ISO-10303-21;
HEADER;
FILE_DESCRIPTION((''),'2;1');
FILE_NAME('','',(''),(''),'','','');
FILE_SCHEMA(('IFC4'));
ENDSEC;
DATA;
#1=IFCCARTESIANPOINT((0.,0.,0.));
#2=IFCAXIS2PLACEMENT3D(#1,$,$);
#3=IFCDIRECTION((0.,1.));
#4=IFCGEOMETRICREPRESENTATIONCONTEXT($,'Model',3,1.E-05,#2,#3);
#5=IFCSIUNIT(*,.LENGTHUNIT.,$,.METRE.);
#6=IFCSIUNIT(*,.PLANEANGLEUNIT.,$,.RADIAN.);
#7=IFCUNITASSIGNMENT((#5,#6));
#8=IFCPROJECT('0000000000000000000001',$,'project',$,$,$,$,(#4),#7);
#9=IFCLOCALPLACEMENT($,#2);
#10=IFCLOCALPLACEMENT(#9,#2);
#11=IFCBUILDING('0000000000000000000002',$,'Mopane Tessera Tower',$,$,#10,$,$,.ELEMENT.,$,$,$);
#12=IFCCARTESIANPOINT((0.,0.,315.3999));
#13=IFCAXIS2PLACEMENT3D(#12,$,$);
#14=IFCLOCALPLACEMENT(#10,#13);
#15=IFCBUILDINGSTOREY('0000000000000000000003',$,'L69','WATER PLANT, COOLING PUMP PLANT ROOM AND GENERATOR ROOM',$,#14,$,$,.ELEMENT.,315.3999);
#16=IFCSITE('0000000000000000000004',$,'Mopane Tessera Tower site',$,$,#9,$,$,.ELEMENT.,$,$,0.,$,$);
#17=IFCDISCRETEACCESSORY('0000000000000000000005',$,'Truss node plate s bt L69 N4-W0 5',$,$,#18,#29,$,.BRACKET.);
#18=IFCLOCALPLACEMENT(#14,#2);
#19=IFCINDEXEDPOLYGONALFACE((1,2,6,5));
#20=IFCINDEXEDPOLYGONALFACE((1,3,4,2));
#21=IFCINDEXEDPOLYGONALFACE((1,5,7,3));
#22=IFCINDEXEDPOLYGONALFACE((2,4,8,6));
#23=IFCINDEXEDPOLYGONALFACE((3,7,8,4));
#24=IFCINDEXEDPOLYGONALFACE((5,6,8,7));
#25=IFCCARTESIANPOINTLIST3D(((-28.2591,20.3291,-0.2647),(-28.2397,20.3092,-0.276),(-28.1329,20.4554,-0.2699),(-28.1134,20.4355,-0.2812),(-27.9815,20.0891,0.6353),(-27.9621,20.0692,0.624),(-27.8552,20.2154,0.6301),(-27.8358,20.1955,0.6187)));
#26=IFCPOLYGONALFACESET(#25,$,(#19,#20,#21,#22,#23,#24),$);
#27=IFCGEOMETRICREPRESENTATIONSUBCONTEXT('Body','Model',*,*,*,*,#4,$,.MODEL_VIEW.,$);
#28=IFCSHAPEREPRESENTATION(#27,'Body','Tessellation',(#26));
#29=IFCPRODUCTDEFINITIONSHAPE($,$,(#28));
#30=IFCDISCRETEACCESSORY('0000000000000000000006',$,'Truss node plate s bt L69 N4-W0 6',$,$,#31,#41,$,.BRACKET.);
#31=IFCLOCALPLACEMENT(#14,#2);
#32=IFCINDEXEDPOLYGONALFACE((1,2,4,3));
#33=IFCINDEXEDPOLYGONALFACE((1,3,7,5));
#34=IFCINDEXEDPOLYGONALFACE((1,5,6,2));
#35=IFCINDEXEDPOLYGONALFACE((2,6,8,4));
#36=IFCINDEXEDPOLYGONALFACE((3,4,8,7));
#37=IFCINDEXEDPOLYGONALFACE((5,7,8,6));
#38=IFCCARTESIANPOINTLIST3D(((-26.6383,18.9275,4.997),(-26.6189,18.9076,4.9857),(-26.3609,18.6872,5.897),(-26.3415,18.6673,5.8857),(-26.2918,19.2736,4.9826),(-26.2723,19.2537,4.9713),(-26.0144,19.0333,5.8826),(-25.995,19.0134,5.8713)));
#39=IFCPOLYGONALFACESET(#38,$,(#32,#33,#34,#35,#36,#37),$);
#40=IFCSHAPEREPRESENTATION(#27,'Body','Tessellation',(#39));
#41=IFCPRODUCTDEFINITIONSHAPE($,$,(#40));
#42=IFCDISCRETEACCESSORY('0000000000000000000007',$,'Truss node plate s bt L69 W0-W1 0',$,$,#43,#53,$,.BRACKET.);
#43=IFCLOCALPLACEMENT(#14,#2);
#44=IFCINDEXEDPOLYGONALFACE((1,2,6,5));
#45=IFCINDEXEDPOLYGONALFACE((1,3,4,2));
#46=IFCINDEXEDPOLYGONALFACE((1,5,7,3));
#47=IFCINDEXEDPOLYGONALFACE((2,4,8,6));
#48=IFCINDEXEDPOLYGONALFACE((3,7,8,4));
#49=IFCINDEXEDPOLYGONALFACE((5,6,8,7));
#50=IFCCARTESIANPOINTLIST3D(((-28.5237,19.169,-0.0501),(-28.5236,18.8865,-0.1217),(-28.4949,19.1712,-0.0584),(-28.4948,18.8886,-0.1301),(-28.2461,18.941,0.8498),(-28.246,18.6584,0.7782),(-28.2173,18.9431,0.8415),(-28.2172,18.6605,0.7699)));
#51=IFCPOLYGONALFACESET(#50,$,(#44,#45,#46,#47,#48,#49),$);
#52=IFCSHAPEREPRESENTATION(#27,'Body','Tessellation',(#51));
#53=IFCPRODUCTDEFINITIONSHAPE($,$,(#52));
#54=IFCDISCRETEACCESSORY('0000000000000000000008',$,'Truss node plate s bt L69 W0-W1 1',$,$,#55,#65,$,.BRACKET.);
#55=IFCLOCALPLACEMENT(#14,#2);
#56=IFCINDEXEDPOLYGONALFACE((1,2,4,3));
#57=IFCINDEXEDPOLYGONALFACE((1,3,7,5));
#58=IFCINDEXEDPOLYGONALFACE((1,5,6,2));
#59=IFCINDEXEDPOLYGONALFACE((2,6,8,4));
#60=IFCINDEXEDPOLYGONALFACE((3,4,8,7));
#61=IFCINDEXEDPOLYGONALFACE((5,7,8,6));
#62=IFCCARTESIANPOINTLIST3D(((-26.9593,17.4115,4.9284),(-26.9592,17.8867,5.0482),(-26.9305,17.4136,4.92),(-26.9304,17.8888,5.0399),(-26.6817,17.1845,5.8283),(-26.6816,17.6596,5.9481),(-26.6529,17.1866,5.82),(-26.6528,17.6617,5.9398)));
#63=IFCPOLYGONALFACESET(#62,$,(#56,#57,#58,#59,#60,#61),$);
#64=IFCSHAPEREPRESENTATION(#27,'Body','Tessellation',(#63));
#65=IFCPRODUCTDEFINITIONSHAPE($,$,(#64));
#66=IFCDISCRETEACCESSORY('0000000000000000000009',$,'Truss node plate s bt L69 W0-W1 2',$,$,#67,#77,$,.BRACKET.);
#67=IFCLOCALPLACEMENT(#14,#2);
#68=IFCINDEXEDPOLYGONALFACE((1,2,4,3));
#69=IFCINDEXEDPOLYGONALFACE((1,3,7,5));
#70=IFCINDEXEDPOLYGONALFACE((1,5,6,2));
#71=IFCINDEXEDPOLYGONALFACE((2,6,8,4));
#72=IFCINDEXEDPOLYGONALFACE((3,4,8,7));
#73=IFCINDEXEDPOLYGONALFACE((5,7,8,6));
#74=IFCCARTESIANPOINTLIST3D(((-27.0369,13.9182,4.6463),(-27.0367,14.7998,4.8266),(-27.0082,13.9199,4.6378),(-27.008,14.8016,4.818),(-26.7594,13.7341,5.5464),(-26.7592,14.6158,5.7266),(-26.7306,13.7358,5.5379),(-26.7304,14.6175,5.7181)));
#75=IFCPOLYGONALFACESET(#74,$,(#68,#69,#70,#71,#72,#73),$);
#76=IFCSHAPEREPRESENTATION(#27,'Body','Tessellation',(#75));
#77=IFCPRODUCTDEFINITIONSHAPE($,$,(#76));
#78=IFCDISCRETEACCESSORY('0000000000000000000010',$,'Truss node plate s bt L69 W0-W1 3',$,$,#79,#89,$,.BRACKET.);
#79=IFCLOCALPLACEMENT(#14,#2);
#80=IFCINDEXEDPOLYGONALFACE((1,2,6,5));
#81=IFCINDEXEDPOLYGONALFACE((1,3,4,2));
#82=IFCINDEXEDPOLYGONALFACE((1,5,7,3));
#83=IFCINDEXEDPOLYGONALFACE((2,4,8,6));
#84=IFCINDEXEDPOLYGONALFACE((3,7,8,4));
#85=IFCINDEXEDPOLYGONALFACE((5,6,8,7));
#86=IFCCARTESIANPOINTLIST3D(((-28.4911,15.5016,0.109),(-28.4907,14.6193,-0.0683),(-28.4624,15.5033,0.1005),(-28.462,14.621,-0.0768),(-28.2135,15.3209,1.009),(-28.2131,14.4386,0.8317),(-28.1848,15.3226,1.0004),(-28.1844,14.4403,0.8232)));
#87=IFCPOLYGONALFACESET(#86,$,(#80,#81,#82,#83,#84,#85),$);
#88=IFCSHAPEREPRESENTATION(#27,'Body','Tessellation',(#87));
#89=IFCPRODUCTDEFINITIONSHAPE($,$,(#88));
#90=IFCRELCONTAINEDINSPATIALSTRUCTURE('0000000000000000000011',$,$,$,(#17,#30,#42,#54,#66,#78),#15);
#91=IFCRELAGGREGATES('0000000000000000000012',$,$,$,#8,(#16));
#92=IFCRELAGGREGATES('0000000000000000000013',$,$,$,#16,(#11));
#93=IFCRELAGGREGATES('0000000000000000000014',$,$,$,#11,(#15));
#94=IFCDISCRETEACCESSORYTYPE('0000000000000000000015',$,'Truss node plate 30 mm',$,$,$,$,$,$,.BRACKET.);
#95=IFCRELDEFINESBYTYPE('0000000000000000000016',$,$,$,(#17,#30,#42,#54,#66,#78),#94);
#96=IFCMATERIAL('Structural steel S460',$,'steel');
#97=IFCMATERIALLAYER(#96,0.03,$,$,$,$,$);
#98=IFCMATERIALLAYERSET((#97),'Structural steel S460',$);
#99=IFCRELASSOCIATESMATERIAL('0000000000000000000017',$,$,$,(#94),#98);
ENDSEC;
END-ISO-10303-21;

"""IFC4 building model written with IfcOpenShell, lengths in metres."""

from ifc_helpers import new_model, si_unit, direction, frame, origin, origin_2d, place, context, subcontext, project, spatial, rectangle, extrude, material, layer, layer_set, type_object, element, save


model = new_model("IFC4")

# Units and contexts
model_context = context("Model", 3, precision=1e-05, world=origin(), true_north=direction((0.0, 1.0)))
body_context = subcontext(model_context, "Body", "Model", "MODEL_VIEW")
ifc_project = project(units=[si_unit("LENGTHUNIT", "METRE"), si_unit("PLANEANGLEUNIT", "RADIAN")], contexts=[model_context])

# Site, building, storey
site_placement = place(None, origin())
site = spatial("IfcSite", under=ifc_project, at=site_placement, Name="Mopane Tessera Tower site", CompositionType="ELEMENT", RefElevation=0.0)
building_placement = place(site_placement, origin())
building = spatial("IfcBuilding", under=site, at=building_placement, Name="Mopane Tessera Tower", CompositionType="ELEMENT")
storey_placement = place(building_placement, frame((0.0, 0.0, 315.3999)))
storey = spatial("IfcBuildingStorey", under=building, at=storey_placement, Name="L69", Description="WATER PLANT, COOLING PUMP PLANT ROOM AND GENERATOR ROOM", CompositionType="ELEMENT", Elevation=315.3999)

# Discrete accessories
ifc_material_1 = material(Name="Structural steel S460", Category="steel")
ifc_layer_1 = layer(ifc_material_1, 0.03)
ifc_layer_set_1 = layer_set([ifc_layer_1], Name="Structural steel S460")
discrete_accessory_type_1 = type_object("IfcDiscreteAccessoryType", Name="Truss node plate 30 mm", PredefinedType="BRACKET", material=ifc_layer_set_1)
discrete_accessory_1_placement = place(storey_placement, frame((-28.1863, 20.3823, -0.2729), z_axis=(0.285631, -0.246944, 0.925977), x_axis=(0.647377, -0.662724, -0.376431)))
element("IfcDiscreteAccessory", 1, at=discrete_accessory_1_placement, inside=storey, type_object=discrete_accessory_type_1, Name="Truss node plate s bt L69 N4-W0 5", PredefinedType="BRACKET", context=body_context, shape_type="SweptSolid", body=[
    extrude(rectangle(XDim=0.03, YDim=0.1787, at=origin_2d()), origin(), (0.0, 0.0, 1.0), 0.9719),
])
discrete_accessory_2_placement = place(storey_placement, frame((-26.4553, 19.0906, 4.9841), z_axis=(0.285383, -0.247198, 0.925986), x_axis=(0.646762, -0.663337, -0.376409)))
element("IfcDiscreteAccessory", 2, at=discrete_accessory_2_placement, inside=storey, type_object=discrete_accessory_type_1, Name="Truss node plate s bt L69 N4-W0 6", PredefinedType="BRACKET", context=body_context, shape_type="SweptSolid", body=[
    extrude(rectangle(XDim=0.03, YDim=0.49, at=origin_2d()), origin(), (0.0, 0.0, 1.0), 0.9719),
])
discrete_accessory_3_placement = place(storey_placement, frame((-28.5093, 19.0288, -0.0901), z_axis=(0.286481, -0.235333, 0.928734), x_axis=(0.958086, 0.07067, -0.277628)))
element("IfcDiscreteAccessory", 3, at=discrete_accessory_3_placement, inside=storey, type_object=discrete_accessory_type_1, Name="Truss node plate s bt L69 W0-W1 0", PredefinedType="BRACKET", context=body_context, shape_type="SweptSolid", body=[
    extrude(rectangle(XDim=0.03, YDim=0.2915, at=origin_2d()), origin(), (0.0, 0.0, 1.0), 0.969),
])
discrete_accessory_4_placement = place(storey_placement, frame((-26.9448, 17.6501, 4.9841), z_axis=(0.286549, -0.234381, 0.928954), x_axis=(0.958065, 0.069918, -0.277889)))
element("IfcDiscreteAccessory", 4, at=discrete_accessory_4_placement, inside=storey, type_object=discrete_accessory_type_1, Name="Truss node plate s bt L69 W0-W1 1", PredefinedType="BRACKET", context=body_context, shape_type="SweptSolid", body=[
    extrude(rectangle(XDim=0.03, YDim=0.49, at=origin_2d()), origin(), (0.0, 0.0, 1.0), 0.9688),
])
discrete_accessory_5_placement = place(storey_placement, frame((-27.0225, 14.3599, 4.7322), z_axis=(0.289216, -0.191793, 0.937854), x_axis=(0.957264, 0.05775, -0.283392)))
element("IfcDiscreteAccessory", 5, at=discrete_accessory_5_placement, inside=storey, type_object=discrete_accessory_type_1, Name="Truss node plate s bt L69 W0-W1 2", PredefinedType="BRACKET", context=body_context, shape_type="SweptSolid", body=[
    extrude(rectangle(XDim=0.03, YDim=0.8999, at=origin_2d()), origin(), (0.0, 0.0, 1.0), 0.9597),
])
discrete_accessory_6_placement = place(storey_placement, frame((-28.4766, 15.0613, 0.0161), z_axis=(0.289481, -0.188405, 0.938459), x_axis=(0.957184, 0.05747, -0.283719)))
element("IfcDiscreteAccessory", 6, at=discrete_accessory_6_placement, inside=storey, type_object=discrete_accessory_type_1, Name="Truss node plate s bt L69 W0-W1 3", PredefinedType="BRACKET", context=body_context, shape_type="SweptSolid", body=[
    extrude(rectangle(XDim=0.03, YDim=0.8999, at=origin_2d()), origin(), (0.0, 0.0, 1.0), 0.959),
])

save(model, "model.ifc")
